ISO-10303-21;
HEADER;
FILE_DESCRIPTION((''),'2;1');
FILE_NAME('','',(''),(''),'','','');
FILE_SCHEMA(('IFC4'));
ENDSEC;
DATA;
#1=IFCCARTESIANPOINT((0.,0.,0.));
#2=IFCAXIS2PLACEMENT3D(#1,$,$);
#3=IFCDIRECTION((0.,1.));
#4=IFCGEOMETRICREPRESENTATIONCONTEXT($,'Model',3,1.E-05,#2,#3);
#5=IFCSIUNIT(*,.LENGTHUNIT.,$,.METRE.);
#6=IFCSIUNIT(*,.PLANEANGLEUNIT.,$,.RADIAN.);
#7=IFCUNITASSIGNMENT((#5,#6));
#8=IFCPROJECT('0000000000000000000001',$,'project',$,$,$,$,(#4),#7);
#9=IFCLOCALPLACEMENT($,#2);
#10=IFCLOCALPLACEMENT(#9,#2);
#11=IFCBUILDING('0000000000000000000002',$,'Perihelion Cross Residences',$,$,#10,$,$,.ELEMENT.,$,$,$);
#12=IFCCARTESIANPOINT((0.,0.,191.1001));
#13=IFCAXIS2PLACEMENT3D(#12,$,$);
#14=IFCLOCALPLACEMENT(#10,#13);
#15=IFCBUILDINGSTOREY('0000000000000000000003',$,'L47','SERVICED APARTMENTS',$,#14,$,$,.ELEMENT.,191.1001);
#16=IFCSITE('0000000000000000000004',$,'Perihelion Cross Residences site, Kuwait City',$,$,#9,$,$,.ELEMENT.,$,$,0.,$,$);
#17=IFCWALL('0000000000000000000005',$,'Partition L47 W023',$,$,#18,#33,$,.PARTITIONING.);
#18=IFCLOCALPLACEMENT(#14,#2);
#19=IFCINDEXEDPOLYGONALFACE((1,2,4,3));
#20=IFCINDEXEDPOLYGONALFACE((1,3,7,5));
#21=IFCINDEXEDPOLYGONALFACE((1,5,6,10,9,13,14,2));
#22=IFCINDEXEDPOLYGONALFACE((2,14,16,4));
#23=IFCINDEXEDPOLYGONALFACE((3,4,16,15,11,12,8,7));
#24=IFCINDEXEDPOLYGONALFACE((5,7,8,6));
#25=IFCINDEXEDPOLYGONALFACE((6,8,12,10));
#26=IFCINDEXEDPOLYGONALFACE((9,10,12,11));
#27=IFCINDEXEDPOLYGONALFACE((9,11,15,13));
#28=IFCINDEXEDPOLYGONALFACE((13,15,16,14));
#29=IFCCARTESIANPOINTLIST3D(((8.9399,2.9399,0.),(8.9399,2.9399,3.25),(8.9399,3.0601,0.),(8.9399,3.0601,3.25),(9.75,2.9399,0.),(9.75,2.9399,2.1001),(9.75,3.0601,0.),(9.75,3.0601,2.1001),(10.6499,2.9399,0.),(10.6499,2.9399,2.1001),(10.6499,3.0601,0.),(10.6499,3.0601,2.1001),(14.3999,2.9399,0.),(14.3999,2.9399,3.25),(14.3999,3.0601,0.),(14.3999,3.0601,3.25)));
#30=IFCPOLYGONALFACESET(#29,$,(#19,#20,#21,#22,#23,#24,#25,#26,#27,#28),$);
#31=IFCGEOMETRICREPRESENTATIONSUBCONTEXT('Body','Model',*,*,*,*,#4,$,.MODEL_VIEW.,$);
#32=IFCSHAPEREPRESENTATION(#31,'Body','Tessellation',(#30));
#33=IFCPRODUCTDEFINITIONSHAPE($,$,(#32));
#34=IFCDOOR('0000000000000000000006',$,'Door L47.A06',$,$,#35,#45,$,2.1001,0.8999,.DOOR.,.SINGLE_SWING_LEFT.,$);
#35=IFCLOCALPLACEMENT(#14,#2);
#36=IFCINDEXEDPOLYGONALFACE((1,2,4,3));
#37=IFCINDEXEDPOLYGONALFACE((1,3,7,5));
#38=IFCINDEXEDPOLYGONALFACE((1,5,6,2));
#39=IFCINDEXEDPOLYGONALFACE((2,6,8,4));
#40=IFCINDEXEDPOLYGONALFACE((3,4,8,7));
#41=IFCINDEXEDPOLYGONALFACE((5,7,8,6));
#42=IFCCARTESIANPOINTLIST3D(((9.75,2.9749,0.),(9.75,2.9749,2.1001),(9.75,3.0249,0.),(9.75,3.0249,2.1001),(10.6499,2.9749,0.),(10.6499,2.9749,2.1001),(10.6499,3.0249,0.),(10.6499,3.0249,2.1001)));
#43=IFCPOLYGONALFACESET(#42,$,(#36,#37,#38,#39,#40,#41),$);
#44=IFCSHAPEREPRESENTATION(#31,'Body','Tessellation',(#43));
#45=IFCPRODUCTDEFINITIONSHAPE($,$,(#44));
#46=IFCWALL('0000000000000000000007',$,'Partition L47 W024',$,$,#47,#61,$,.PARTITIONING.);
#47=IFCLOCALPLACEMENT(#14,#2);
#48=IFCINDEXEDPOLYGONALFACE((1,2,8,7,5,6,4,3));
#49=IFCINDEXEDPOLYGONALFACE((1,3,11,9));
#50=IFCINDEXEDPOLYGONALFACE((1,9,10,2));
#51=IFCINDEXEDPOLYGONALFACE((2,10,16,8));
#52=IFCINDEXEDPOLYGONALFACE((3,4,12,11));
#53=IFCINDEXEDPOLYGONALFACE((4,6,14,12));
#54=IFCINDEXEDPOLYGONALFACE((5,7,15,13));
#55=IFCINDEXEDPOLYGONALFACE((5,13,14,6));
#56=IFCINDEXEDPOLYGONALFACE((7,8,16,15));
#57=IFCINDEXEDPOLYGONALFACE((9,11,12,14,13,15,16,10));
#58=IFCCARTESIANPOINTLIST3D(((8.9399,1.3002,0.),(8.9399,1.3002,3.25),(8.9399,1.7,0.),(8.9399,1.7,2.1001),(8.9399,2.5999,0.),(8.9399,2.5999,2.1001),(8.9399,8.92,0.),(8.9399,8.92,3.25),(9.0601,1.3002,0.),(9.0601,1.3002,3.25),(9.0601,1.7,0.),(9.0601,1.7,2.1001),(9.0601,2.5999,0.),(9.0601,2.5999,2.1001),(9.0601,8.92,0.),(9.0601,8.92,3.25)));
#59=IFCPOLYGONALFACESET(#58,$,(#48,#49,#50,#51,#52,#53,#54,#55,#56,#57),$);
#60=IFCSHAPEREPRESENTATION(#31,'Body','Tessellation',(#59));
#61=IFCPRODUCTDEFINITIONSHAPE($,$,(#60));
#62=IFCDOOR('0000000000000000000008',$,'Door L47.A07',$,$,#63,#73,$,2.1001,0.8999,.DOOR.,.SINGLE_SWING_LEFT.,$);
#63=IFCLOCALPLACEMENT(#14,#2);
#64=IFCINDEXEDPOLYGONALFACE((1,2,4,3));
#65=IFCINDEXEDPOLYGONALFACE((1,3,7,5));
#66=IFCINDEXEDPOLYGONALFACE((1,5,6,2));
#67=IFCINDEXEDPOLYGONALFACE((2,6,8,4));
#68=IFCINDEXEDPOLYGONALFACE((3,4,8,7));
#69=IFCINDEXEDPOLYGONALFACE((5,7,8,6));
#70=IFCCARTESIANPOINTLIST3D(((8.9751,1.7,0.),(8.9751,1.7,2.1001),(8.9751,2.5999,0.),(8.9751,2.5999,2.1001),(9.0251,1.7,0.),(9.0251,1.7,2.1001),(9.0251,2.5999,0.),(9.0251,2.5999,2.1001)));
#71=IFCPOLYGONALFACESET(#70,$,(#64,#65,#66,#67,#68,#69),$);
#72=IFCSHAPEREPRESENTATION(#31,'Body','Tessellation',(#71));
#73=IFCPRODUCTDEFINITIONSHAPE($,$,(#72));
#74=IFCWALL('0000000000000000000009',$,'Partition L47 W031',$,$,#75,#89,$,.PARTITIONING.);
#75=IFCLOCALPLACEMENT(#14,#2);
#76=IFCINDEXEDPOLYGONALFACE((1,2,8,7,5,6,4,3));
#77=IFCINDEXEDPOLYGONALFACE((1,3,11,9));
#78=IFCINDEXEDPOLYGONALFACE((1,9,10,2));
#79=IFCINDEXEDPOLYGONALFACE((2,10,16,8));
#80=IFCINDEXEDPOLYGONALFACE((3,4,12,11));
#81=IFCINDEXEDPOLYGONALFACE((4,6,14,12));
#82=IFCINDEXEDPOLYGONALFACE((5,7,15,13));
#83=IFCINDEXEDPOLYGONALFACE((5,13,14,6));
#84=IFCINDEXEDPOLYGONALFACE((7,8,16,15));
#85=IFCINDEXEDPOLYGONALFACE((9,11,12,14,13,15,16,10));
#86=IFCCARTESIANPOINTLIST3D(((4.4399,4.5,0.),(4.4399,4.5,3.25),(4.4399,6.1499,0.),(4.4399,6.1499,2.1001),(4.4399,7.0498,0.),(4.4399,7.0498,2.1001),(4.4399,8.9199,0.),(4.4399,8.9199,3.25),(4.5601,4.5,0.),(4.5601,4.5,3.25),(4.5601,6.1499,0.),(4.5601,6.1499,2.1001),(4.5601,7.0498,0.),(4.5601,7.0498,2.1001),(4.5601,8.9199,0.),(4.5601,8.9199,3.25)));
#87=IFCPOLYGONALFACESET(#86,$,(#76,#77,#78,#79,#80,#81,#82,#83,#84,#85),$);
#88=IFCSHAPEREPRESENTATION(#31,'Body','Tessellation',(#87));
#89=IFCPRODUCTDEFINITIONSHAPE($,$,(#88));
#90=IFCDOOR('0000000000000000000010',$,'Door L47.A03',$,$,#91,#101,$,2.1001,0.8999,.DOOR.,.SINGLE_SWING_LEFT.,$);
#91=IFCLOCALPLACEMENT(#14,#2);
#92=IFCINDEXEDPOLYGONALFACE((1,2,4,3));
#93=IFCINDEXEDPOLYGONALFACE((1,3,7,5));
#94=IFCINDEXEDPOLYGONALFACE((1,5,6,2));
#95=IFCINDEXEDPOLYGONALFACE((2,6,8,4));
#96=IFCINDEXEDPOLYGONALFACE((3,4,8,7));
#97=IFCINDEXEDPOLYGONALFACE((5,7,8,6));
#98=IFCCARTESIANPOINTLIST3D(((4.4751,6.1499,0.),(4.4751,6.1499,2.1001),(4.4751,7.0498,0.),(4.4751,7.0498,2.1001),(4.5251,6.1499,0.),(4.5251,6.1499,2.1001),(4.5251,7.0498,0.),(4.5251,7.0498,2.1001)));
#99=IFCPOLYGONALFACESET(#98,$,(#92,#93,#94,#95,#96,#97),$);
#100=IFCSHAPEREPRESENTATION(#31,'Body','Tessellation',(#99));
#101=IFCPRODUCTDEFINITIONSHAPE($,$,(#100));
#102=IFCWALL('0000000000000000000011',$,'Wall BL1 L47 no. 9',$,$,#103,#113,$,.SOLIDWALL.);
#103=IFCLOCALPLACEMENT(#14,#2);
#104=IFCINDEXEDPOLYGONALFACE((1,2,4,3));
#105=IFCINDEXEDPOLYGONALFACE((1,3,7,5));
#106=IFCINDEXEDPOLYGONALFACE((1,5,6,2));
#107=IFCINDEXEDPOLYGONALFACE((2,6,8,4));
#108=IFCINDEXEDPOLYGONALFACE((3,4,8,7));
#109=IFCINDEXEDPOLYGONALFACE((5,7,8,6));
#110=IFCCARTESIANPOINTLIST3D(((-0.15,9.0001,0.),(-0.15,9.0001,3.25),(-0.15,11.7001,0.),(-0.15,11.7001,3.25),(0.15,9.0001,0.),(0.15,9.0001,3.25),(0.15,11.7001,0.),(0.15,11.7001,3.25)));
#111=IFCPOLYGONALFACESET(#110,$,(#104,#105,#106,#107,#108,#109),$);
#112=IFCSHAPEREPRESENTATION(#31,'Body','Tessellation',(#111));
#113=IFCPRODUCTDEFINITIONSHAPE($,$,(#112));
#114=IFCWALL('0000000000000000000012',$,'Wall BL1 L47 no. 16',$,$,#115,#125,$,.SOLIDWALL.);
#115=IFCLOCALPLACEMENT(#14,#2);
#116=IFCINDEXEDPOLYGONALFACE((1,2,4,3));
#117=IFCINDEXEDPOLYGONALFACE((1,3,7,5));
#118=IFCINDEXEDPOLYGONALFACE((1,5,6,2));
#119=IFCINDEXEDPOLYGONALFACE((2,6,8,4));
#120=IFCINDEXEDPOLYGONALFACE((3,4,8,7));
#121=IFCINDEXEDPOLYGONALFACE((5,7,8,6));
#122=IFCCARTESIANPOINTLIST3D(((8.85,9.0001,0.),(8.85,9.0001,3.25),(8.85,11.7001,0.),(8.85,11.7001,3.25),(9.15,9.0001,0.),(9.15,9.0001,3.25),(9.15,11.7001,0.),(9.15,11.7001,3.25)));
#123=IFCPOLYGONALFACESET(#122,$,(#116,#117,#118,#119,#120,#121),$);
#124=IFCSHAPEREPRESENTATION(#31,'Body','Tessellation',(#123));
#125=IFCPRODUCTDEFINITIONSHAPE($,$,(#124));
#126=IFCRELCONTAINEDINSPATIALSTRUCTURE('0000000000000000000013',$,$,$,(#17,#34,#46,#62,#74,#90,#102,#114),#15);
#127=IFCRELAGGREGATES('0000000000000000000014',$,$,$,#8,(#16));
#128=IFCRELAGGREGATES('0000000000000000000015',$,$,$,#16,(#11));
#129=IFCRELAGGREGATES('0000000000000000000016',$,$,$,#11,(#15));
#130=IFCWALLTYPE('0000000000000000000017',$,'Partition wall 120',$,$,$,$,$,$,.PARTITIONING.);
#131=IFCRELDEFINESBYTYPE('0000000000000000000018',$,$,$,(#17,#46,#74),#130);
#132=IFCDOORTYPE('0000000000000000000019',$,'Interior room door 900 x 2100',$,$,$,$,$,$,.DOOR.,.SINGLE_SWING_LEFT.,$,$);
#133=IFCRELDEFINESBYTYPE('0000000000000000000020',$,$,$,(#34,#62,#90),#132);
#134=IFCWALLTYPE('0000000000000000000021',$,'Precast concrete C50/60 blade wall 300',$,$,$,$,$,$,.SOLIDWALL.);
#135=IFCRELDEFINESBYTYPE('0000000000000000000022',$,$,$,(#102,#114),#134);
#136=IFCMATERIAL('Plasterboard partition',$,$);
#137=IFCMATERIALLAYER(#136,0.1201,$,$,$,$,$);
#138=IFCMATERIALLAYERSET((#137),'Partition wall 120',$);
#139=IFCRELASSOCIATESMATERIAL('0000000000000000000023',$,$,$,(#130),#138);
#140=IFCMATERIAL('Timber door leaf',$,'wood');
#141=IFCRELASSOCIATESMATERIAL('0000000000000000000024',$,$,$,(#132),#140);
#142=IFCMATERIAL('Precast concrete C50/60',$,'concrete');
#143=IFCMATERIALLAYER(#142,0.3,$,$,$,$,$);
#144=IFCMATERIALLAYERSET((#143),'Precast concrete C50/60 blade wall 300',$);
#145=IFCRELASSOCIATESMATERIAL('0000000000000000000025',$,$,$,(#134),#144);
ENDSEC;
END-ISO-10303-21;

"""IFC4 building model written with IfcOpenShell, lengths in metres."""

from ifc_helpers import new_model, si_unit, direction, frame, frame_2d, origin, place, context, subcontext, project, spatial, rectangle, extrude, material, layer, layer_set, type_object, element, fill, save


model = new_model("IFC4")

# Units and contexts
model_context = context("Model", 3, precision=1e-05, world=origin(), true_north=direction((0.0, 1.0)))
body_context = subcontext(model_context, "Body", "Model", "MODEL_VIEW")
ifc_project = project(units=[si_unit("LENGTHUNIT", "METRE"), si_unit("PLANEANGLEUNIT", "RADIAN")], contexts=[model_context])

# Site, building, storey
site_placement = place(None, origin())
site = spatial("IfcSite", under=ifc_project, at=site_placement, Name="Perihelion Cross Residences site, Kuwait City", CompositionType="ELEMENT", RefElevation=0.0)
building_placement = place(site_placement, origin())
building = spatial("IfcBuilding", under=site, at=building_placement, Name="Perihelion Cross Residences", CompositionType="ELEMENT")
storey_placement = place(building_placement, frame((0.0, 0.0, 191.1001)))
storey = spatial("IfcBuildingStorey", under=building, at=storey_placement, Name="L47", Description="SERVICED APARTMENTS", CompositionType="ELEMENT", Elevation=191.1001)

# Walls, openings, doors
ifc_material_1 = material(Name="Plasterboard partition")
ifc_layer_1 = layer(ifc_material_1, 0.1201)
ifc_layer_set_1 = layer_set([ifc_layer_1], Name="Partition wall 120")
wall_type_1 = type_object("IfcWallType", Name="Partition wall 120", PredefinedType="PARTITIONING", material=ifc_layer_set_1)
wall_1_placement = place(storey_placement, frame((8.9399, 3.0, 0.0), z_axis=(0.0, 0.0, 1.0), x_axis=(1.0, 0.0, 0.0)))
wall_1 = element("IfcWall", 1, at=wall_1_placement, inside=storey, type_object=wall_type_1, Name="Partition L47 W023", PredefinedType="PARTITIONING", context=body_context, shape_type="SweptSolid", body=[
    extrude(rectangle(XDim=5.46, YDim=0.1201, at=frame_2d((2.73, 0.0))), origin(), (0.0, 0.0, 1.0), 3.25),
])
opening_1_placement = place(wall_1_placement, frame((0.8101, 0.0, 0.0)))
opening_1 = element("IfcOpeningElement", 2, at=opening_1_placement, cuts=wall_1, PredefinedType="OPENING", context=body_context, shape_type="SweptSolid", body=[
    extrude(rectangle(XDim=0.8999, YDim=2.1001, at=frame_2d((0.45, 1.05))), frame((0.0, 0.0701, 0.0), z_axis=(0.0, -1.0, 0.0), x_axis=(1.0, 0.0, 0.0)), (0.0, 0.0, 1.0), 0.1401),
])
ifc_material_2 = material(Name="Timber door leaf", Category="wood")
door_type_1 = type_object("IfcDoorType", Name="Interior room door 900 x 2100", OperationType="SINGLE_SWING_LEFT", PredefinedType="DOOR", material=ifc_material_2)
door_1_placement = place(opening_1_placement, origin())
door_1 = element("IfcDoor", 3, at=door_1_placement, inside=storey, type_object=door_type_1, Name="Door L47.A06", OperationType="SINGLE_SWING_LEFT", OverallHeight=2.1001, OverallWidth=0.8999, PredefinedType="DOOR", context=body_context, shape_type="SweptSolid", body=[
    extrude(rectangle(XDim=0.8999, YDim=2.1001, at=frame_2d((0.45, 1.05))), frame((0.0, 0.0249, 0.0), z_axis=(0.0, -1.0, 0.0), x_axis=(1.0, 0.0, 0.0)), (0.0, 0.0, 1.0), 0.05),
])
fill(opening_1, door_1)
wall_2_placement = place(storey_placement, frame((9.0, 1.3, 0.0), z_axis=(0.0, 0.0, 1.0), x_axis=(0.0, 1.0, 0.0)))
wall_2 = element("IfcWall", 4, at=wall_2_placement, inside=storey, type_object=wall_type_1, Name="Partition L47 W024", PredefinedType="PARTITIONING", context=body_context, shape_type="SweptSolid", body=[
    extrude(rectangle(XDim=7.6199, YDim=0.1201, at=frame_2d((3.8101, 0.0))), origin(), (0.0, 0.0, 1.0), 3.25),
])
opening_2_placement = place(wall_2_placement, frame((0.3999, 0.0, 0.0)))
opening_2 = element("IfcOpeningElement", 5, at=opening_2_placement, cuts=wall_2, PredefinedType="OPENING", context=body_context, shape_type="SweptSolid", body=[
    extrude(rectangle(XDim=0.8999, YDim=2.1001, at=frame_2d((0.45, 1.05))), frame((0.0, 0.0701, 0.0), z_axis=(0.0, -1.0, 0.0), x_axis=(1.0, 0.0, 0.0)), (0.0, 0.0, 1.0), 0.1401),
])
door_2_placement = place(opening_2_placement, origin())
door_2 = element("IfcDoor", 6, at=door_2_placement, inside=storey, type_object=door_type_1, Name="Door L47.A07", OperationType="SINGLE_SWING_LEFT", OverallHeight=2.1001, OverallWidth=0.8999, PredefinedType="DOOR", context=body_context, shape_type="SweptSolid", body=[
    extrude(rectangle(XDim=0.8999, YDim=2.1001, at=frame_2d((0.45, 1.05))), frame((0.0, 0.0249, 0.0), z_axis=(0.0, -1.0, 0.0), x_axis=(1.0, 0.0, 0.0)), (0.0, 0.0, 1.0), 0.05),
])
fill(opening_2, door_2)
wall_3_placement = place(storey_placement, frame((4.5, 4.5, 0.0), z_axis=(0.0, 0.0, 1.0), x_axis=(0.0, 1.0, 0.0)))
wall_3 = element("IfcWall", 7, at=wall_3_placement, inside=storey, type_object=wall_type_1, Name="Partition L47 W031", PredefinedType="PARTITIONING", context=body_context, shape_type="SweptSolid", body=[
    extrude(rectangle(XDim=4.4199, YDim=0.1201, at=frame_2d((2.21, 0.0))), origin(), (0.0, 0.0, 1.0), 3.25),
])
opening_3_placement = place(wall_3_placement, frame((1.6499, 0.0, 0.0)))
opening_3 = element("IfcOpeningElement", 8, at=opening_3_placement, cuts=wall_3, PredefinedType="OPENING", context=body_context, shape_type="SweptSolid", body=[
    extrude(rectangle(XDim=0.8999, YDim=2.1001, at=frame_2d((0.45, 1.05))), frame((0.0, 0.0701, 0.0), z_axis=(0.0, -1.0, 0.0), x_axis=(1.0, 0.0, 0.0)), (0.0, 0.0, 1.0), 0.1401),
])
door_3_placement = place(opening_3_placement, origin())
door_3 = element("IfcDoor", 9, at=door_3_placement, inside=storey, type_object=door_type_1, Name="Door L47.A03", OperationType="SINGLE_SWING_LEFT", OverallHeight=2.1001, OverallWidth=0.8999, PredefinedType="DOOR", context=body_context, shape_type="SweptSolid", body=[
    extrude(rectangle(XDim=0.8999, YDim=2.1001, at=frame_2d((0.45, 1.05))), frame((0.0, 0.0249, 0.0), z_axis=(0.0, -1.0, 0.0), x_axis=(1.0, 0.0, 0.0)), (0.0, 0.0, 1.0), 0.05),
])
fill(opening_3, door_3)

# Walls
ifc_material_3 = material(Name="Precast concrete C50/60", Category="concrete")
ifc_layer_2 = layer(ifc_material_3, 0.3)
ifc_layer_set_2 = layer_set([ifc_layer_2], Name="Precast concrete C50/60 blade wall 300")
wall_type_2 = type_object("IfcWallType", Name="Precast concrete C50/60 blade wall 300", PredefinedType="SOLIDWALL", material=ifc_layer_set_2)
for number, where, z_axis, x_axis, name in (
    (10, (0.0, 9.0, 0.0), (0.0, 0.0, 1.0), (0.0, 1.0, 0.0), "Wall BL1 L47 no. 9"),
    (11, (9.0, 9.0, 0.0), (0.0, 0.0, 1.0), (0.0, 1.0, 0.0), "Wall BL1 L47 no. 16"),
):
    element("IfcWall", number, at=place(storey_placement, frame(where, z_axis=z_axis, x_axis=x_axis)), inside=storey, type_object=wall_type_2, Name=name, PredefinedType="SOLIDWALL", context=body_context, shape_type="SweptSolid", body=[
        extrude(rectangle(XDim=2.7, YDim=0.3, at=frame_2d((1.3501, 0.0))), origin(), (0.0, 0.0, 1.0), 3.25),
    ])

save(model, "model.ifc")
